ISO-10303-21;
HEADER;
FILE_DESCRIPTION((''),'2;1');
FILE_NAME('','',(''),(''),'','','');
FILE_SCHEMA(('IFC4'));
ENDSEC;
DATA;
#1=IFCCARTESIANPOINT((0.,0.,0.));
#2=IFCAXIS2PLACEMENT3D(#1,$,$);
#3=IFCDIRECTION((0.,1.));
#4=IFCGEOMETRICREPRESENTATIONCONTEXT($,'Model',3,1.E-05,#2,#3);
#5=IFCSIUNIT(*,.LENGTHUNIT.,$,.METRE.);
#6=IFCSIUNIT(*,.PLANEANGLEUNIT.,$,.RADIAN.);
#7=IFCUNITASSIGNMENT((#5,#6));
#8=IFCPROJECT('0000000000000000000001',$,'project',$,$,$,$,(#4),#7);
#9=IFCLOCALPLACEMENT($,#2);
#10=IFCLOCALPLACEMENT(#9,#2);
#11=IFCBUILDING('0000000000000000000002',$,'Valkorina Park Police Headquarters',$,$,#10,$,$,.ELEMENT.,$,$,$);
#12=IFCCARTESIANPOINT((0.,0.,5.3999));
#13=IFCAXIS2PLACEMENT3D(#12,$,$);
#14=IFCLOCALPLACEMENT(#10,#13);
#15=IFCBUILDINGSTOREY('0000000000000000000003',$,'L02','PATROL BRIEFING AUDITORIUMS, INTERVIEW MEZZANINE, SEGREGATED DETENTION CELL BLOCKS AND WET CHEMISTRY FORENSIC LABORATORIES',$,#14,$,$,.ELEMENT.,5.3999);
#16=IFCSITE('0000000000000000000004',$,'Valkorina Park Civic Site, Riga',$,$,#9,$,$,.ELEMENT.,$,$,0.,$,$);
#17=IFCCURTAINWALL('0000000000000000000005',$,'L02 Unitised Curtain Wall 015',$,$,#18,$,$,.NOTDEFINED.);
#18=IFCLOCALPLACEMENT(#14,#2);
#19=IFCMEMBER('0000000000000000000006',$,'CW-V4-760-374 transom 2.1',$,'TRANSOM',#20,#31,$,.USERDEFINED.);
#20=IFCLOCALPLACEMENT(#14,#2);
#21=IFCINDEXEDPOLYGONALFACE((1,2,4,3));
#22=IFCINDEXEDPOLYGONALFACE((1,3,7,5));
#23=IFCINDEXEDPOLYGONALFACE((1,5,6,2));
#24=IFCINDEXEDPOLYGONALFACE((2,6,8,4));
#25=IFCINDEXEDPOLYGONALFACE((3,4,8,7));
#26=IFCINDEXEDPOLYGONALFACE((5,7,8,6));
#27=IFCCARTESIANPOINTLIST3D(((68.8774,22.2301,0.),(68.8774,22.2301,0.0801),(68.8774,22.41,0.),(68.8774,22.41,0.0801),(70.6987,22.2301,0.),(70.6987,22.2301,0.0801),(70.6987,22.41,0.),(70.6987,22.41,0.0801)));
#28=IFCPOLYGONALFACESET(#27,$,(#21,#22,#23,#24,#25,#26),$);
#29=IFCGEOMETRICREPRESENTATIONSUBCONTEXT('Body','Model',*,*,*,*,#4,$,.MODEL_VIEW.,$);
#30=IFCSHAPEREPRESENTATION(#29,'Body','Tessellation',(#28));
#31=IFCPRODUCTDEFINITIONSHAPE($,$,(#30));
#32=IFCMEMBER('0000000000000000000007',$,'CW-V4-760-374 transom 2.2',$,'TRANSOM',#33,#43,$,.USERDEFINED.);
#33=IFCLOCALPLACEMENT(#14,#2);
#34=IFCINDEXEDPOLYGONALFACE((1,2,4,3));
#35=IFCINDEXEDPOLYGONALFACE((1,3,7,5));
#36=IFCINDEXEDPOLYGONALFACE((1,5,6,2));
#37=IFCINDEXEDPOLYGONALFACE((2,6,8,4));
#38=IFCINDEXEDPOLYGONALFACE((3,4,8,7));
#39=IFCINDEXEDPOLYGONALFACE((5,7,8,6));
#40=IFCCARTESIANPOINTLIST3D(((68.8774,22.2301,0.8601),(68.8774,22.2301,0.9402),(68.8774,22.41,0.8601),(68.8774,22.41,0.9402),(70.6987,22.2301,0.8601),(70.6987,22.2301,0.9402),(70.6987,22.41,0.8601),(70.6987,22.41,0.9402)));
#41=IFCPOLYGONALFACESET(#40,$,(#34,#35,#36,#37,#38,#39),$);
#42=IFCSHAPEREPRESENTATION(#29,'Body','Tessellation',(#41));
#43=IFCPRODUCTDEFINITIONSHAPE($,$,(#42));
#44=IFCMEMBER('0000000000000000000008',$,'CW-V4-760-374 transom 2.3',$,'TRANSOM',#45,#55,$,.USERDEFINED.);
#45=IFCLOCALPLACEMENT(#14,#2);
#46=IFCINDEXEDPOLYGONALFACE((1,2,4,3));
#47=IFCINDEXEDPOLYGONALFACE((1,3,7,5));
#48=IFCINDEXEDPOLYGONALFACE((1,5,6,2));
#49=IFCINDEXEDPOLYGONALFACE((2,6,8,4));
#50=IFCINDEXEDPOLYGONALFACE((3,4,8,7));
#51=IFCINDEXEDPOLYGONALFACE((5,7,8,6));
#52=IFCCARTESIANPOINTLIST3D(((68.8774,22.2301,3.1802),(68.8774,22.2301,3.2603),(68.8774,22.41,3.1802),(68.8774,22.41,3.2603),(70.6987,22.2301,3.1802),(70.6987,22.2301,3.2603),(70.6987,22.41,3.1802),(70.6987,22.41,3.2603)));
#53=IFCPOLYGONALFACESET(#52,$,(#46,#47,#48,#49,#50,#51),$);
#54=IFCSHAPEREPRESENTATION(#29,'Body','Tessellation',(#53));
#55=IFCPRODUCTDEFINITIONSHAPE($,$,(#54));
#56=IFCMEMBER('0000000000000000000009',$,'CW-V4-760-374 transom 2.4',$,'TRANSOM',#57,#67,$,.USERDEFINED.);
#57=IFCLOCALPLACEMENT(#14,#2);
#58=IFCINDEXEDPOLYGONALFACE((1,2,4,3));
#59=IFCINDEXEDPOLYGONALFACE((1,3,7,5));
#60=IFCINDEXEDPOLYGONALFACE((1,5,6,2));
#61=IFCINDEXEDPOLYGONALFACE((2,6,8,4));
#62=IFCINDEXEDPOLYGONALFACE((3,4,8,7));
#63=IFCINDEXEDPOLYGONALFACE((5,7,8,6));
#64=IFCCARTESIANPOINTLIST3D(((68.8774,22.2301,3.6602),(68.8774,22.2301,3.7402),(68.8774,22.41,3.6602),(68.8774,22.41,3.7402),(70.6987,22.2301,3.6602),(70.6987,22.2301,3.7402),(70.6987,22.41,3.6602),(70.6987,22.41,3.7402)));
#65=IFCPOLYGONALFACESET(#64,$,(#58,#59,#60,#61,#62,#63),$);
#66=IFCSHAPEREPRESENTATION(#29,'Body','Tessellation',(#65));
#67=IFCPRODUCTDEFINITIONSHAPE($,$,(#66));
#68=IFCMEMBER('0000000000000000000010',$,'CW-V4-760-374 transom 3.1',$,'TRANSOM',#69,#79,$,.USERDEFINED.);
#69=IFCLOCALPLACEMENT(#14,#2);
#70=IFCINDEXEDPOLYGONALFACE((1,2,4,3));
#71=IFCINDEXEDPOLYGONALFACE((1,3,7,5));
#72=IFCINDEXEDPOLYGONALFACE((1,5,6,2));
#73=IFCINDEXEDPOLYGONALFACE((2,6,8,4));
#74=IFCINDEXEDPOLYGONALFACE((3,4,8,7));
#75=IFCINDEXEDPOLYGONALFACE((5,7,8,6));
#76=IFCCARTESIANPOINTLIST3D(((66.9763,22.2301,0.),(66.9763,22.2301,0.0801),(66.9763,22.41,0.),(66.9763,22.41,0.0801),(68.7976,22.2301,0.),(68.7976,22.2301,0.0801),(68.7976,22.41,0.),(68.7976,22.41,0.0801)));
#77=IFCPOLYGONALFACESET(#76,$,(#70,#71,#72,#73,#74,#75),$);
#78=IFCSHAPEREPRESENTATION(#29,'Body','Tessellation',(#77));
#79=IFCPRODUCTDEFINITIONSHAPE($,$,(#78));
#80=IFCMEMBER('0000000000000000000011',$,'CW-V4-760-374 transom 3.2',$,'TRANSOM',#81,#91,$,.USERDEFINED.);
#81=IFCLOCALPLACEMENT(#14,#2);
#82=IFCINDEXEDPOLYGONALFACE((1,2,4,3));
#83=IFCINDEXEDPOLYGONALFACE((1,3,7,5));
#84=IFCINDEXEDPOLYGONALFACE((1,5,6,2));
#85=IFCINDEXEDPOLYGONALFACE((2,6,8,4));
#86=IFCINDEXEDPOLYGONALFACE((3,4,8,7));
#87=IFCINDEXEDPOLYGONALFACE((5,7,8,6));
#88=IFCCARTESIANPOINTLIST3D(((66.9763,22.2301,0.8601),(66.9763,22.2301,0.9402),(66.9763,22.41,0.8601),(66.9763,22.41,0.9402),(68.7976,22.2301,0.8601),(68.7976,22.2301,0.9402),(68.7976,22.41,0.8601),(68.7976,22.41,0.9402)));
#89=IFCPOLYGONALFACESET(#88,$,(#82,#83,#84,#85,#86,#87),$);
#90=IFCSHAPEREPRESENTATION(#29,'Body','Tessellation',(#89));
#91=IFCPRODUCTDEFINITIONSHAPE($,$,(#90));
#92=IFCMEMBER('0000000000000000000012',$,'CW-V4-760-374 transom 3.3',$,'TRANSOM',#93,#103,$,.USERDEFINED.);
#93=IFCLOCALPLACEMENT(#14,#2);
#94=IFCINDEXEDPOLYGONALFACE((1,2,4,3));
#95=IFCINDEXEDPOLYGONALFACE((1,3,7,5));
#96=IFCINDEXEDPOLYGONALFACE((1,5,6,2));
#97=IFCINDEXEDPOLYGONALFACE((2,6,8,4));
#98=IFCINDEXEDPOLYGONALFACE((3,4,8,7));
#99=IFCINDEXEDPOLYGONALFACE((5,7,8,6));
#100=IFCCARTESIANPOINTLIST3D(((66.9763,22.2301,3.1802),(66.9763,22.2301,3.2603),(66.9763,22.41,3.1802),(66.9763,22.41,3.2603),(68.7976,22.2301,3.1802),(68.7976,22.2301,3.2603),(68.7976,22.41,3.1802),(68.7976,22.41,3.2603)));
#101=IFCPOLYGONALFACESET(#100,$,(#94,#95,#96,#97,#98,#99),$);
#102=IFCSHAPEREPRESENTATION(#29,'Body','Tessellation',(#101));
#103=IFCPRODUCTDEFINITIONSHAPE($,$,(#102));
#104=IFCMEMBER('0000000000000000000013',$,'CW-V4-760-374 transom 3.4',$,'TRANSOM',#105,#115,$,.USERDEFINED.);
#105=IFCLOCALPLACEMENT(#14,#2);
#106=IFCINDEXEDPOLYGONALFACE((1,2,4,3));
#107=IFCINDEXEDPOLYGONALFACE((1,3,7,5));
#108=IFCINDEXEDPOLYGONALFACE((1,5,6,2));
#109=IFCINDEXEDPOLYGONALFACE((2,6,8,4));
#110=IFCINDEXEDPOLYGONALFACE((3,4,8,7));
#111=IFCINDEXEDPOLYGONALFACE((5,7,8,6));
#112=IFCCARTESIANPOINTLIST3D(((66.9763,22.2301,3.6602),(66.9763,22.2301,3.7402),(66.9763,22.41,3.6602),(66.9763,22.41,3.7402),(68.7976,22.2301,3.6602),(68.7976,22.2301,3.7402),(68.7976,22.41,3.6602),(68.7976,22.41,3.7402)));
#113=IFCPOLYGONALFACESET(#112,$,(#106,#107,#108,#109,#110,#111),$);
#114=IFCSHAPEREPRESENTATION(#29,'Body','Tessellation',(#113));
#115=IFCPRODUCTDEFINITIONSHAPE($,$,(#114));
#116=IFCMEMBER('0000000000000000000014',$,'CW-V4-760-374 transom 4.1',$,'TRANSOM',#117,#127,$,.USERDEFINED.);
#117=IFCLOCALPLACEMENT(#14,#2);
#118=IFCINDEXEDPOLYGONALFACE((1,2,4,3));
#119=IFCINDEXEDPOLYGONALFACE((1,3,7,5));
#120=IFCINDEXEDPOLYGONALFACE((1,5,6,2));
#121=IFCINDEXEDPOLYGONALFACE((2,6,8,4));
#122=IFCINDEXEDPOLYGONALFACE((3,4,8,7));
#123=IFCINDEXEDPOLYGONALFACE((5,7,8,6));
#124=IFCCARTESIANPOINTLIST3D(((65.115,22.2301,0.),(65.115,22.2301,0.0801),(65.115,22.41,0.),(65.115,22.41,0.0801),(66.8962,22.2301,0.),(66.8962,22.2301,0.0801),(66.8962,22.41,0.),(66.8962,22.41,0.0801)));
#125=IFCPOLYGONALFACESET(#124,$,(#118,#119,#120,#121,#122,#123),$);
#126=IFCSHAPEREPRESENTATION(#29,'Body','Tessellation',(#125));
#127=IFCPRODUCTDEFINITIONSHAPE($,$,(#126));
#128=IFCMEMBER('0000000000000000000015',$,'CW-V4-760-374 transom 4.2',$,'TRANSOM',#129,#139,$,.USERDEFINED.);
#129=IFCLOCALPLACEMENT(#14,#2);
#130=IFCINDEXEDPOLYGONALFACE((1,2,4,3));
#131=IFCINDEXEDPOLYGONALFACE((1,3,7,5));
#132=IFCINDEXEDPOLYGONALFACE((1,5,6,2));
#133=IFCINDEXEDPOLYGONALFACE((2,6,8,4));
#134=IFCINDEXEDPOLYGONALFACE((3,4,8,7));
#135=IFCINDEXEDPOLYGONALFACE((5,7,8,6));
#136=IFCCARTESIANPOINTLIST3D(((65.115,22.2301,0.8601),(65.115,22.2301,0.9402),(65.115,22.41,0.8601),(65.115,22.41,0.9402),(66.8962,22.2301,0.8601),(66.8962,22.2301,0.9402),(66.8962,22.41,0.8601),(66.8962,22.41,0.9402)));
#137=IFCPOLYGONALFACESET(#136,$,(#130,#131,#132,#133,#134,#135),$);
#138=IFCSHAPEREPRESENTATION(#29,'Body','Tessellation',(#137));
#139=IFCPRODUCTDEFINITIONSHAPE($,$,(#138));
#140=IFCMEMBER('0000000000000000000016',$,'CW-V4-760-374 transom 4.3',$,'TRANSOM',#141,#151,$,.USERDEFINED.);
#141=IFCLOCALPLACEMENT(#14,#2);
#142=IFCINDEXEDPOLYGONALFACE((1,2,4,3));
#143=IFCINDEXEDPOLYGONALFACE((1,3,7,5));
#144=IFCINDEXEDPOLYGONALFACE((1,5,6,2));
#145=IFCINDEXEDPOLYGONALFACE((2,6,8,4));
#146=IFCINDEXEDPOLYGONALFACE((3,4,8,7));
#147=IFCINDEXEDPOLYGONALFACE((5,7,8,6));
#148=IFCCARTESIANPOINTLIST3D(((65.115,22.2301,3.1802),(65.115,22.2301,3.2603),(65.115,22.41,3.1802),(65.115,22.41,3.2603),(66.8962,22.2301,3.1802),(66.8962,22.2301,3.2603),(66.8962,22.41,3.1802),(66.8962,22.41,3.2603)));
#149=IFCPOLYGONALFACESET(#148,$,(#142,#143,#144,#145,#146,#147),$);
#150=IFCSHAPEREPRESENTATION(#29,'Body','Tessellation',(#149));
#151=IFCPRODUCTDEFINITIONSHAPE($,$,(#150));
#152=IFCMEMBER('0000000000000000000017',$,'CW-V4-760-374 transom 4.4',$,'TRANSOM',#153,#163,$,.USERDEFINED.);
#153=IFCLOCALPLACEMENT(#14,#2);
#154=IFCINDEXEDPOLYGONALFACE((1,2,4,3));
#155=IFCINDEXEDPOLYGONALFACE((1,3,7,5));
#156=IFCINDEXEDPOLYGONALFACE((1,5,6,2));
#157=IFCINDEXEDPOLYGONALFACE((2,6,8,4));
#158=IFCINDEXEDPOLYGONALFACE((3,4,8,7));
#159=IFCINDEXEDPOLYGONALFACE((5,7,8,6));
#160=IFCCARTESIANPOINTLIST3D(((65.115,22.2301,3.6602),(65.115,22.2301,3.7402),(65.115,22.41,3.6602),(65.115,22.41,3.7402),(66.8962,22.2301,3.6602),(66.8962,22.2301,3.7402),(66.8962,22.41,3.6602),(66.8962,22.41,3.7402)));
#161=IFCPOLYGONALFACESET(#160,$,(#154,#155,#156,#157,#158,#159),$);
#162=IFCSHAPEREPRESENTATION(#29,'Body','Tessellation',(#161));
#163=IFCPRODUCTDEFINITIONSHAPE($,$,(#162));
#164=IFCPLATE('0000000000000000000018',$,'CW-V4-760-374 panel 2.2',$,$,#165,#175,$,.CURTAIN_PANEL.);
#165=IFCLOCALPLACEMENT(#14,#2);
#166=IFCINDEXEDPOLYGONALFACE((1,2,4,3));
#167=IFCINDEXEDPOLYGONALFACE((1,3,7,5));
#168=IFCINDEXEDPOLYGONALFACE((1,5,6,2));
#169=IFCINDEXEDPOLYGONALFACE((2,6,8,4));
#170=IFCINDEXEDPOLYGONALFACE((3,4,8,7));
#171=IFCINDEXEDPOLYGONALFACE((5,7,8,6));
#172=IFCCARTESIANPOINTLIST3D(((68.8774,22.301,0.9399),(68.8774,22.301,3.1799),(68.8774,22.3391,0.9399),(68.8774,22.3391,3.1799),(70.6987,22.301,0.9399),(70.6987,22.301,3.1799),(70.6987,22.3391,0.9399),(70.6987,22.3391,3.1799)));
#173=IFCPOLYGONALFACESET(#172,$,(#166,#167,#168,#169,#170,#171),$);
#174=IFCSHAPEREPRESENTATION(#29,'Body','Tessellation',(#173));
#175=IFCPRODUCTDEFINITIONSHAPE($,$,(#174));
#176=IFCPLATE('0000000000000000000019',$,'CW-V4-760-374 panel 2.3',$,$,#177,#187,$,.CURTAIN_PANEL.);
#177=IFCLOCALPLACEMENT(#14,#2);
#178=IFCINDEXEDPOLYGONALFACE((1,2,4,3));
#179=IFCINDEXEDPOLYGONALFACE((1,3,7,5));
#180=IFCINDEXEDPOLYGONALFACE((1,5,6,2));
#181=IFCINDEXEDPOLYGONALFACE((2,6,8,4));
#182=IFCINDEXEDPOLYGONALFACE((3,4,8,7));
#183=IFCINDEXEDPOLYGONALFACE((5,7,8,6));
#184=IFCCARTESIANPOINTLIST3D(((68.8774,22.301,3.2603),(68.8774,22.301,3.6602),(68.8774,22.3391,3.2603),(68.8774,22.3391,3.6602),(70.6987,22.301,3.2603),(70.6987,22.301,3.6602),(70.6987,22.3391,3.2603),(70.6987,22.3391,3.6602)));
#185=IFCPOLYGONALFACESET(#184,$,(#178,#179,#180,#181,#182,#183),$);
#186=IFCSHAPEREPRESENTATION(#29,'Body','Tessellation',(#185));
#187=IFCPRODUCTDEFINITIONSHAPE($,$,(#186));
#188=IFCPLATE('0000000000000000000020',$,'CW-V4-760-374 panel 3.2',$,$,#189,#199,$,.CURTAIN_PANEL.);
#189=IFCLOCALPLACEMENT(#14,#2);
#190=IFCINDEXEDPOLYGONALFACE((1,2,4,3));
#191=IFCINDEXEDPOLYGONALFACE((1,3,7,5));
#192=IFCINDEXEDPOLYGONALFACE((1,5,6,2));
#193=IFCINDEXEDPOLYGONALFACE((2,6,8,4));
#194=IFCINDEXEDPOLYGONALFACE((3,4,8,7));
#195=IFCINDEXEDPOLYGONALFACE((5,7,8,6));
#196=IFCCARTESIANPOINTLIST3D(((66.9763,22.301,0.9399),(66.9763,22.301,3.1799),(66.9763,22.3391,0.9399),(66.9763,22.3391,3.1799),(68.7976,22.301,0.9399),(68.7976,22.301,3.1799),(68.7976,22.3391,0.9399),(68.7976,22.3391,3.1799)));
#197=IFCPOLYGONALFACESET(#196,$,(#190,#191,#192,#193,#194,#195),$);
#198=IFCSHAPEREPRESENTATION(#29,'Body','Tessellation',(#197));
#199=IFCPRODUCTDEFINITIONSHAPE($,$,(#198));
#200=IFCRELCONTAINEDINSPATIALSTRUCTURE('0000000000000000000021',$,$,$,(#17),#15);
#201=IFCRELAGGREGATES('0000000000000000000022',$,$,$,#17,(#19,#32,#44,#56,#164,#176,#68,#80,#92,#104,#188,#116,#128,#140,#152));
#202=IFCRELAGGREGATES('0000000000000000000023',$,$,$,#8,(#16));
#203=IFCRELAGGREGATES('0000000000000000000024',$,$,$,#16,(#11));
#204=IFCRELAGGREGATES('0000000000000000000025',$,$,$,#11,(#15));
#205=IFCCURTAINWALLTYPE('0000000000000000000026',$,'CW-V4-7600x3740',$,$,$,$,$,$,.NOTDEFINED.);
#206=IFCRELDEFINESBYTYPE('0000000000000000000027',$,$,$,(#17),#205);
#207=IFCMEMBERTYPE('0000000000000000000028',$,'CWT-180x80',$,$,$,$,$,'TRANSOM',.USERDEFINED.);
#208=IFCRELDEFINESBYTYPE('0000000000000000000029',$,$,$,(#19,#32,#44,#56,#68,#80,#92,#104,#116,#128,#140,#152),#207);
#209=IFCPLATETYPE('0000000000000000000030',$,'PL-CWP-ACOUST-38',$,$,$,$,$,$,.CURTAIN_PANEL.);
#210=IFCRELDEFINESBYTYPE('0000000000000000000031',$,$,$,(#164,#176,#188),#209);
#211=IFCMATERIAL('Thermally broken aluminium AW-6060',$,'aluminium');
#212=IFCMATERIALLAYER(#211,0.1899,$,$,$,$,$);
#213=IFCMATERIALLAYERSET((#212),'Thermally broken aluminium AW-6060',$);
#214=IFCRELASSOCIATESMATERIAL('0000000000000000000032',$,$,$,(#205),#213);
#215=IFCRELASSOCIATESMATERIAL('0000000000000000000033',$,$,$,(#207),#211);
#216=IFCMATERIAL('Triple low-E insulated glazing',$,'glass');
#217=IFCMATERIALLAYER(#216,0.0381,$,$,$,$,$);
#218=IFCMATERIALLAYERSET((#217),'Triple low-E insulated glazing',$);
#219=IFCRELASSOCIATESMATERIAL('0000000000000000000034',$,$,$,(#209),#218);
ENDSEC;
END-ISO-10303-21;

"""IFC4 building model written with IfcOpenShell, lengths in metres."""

from ifc_helpers import new_model, si_unit, direction, frame, origin, origin_2d, place, context, subcontext, project, spatial, rectangle, extrude, material, layer, layer_set, material_profile, profile_set, type_object, element, aggregate, save


model = new_model("IFC4")

# Units and contexts
model_context = context("Model", 3, precision=1e-05, world=origin(), true_north=direction((0.0, 1.0)))
body_context = subcontext(model_context, "Body", "Model", "MODEL_VIEW")
ifc_project = project(units=[si_unit("LENGTHUNIT", "METRE"), si_unit("PLANEANGLEUNIT", "RADIAN")], contexts=[model_context])

# Site, building, storey
site_placement = place(None, origin())
site = spatial("IfcSite", under=ifc_project, at=site_placement, Name="Valkorina Park Civic Site, Riga", CompositionType="ELEMENT", RefElevation=0.0)
building_placement = place(site_placement, origin())
building = spatial("IfcBuilding", under=site, at=building_placement, Name="Valkorina Park Police Headquarters", CompositionType="ELEMENT")
storey_placement = place(building_placement, frame((0.0, 0.0, 5.3999)))
storey = spatial("IfcBuildingStorey", under=building, at=storey_placement, Name="L02", Description="PATROL BRIEFING AUDITORIUMS, INTERVIEW MEZZANINE, SEGREGATED DETENTION CELL BLOCKS AND WET CHEMISTRY FORENSIC LABORATORIES", CompositionType="ELEMENT", Elevation=5.3999)

# Curtain wall, members, plates
ifc_material_1 = material(Name="Thermally broken aluminium AW-6060", Category="aluminium")
ifc_layer_1 = layer(ifc_material_1, 0.1899)
ifc_layer_set_1 = layer_set([ifc_layer_1], Name="Thermally broken aluminium AW-6060")
curtain_wall_type = type_object("IfcCurtainWallType", Name="CW-V4-7600x3740", PredefinedType="NOTDEFINED", material=ifc_layer_set_1)
curtain_wall_placement = place(storey_placement, origin())
curtain_wall = element("IfcCurtainWall", 1, at=curtain_wall_placement, inside=storey, type_object=curtain_wall_type, Name="L02 Unitised Curtain Wall 015", PredefinedType="NOTDEFINED")
ifc_material_profile_1 = material_profile(ifc_material_1, rectangle(XDim=0.1799, YDim=0.0801, at=origin_2d()), Name="CWT-03 180x80")
ifc_profile_set_1 = profile_set([ifc_material_profile_1], Name="Thermally broken aluminium AW-6060")
member_type_1 = type_object("IfcMemberType", Name="CWT-180x80", ElementType="TRANSOM", PredefinedType="USERDEFINED", material=ifc_profile_set_1)
member_1_placement = place(storey_placement, frame((70.6987, 22.3201, 0.04), z_axis=(-1.0, 0.0, 0.0), x_axis=(0.0, -1.0, 0.0)))
member_1 = element("IfcMember", 2, at=member_1_placement, type_object=member_type_1, Name="CW-V4-760-374 transom 2.1", ObjectType="TRANSOM", PredefinedType="USERDEFINED", context=body_context, shape_type="SweptSolid", body=[
    extrude(rectangle(XDim=0.1799, YDim=0.0801, at=origin_2d()), origin(), (0.0, 0.0, 1.0), 1.8213),
])
member_2_placement = place(storey_placement, frame((70.6987, 22.3201, 0.9001), z_axis=(-1.0, 0.0, 0.0), x_axis=(0.0, -1.0, 0.0)))
member_2 = element("IfcMember", 3, at=member_2_placement, type_object=member_type_1, Name="CW-V4-760-374 transom 2.2", ObjectType="TRANSOM", PredefinedType="USERDEFINED", context=body_context, shape_type="SweptSolid", body=[
    extrude(rectangle(XDim=0.1799, YDim=0.0801, at=origin_2d()), origin(), (0.0, 0.0, 1.0), 1.8213),
])
member_3_placement = place(storey_placement, frame((70.6987, 22.3201, 3.2202), z_axis=(-1.0, 0.0, 0.0), x_axis=(0.0, -1.0, 0.0)))
member_3 = element("IfcMember", 4, at=member_3_placement, type_object=member_type_1, Name="CW-V4-760-374 transom 2.3", ObjectType="TRANSOM", PredefinedType="USERDEFINED", context=body_context, shape_type="SweptSolid", body=[
    extrude(rectangle(XDim=0.1799, YDim=0.0801, at=origin_2d()), origin(), (0.0, 0.0, 1.0), 1.8213),
])
member_4_placement = place(storey_placement, frame((70.6987, 22.3201, 3.7002), z_axis=(-1.0, 0.0, 0.0), x_axis=(0.0, -1.0, 0.0)))
member_4 = element("IfcMember", 5, at=member_4_placement, type_object=member_type_1, Name="CW-V4-760-374 transom 2.4", ObjectType="TRANSOM", PredefinedType="USERDEFINED", context=body_context, shape_type="SweptSolid", body=[
    extrude(rectangle(XDim=0.1799, YDim=0.0801, at=origin_2d()), origin(), (0.0, 0.0, 1.0), 1.8213),
])
member_5_placement = place(storey_placement, frame((68.7976, 22.3201, 0.04), z_axis=(-1.0, 0.0, 0.0), x_axis=(0.0, -1.0, 0.0)))
member_5 = element("IfcMember", 6, at=member_5_placement, type_object=member_type_1, Name="CW-V4-760-374 transom 3.1", ObjectType="TRANSOM", PredefinedType="USERDEFINED", context=body_context, shape_type="SweptSolid", body=[
    extrude(rectangle(XDim=0.1799, YDim=0.0801, at=origin_2d()), origin(), (0.0, 0.0, 1.0), 1.8213),
])
member_6_placement = place(storey_placement, frame((68.7976, 22.3201, 0.9001), z_axis=(-1.0, 0.0, 0.0), x_axis=(0.0, -1.0, 0.0)))
member_6 = element("IfcMember", 7, at=member_6_placement, type_object=member_type_1, Name="CW-V4-760-374 transom 3.2", ObjectType="TRANSOM", PredefinedType="USERDEFINED", context=body_context, shape_type="SweptSolid", body=[
    extrude(rectangle(XDim=0.1799, YDim=0.0801, at=origin_2d()), origin(), (0.0, 0.0, 1.0), 1.8213),
])
member_7_placement = place(storey_placement, frame((68.7976, 22.3201, 3.2202), z_axis=(-1.0, 0.0, 0.0), x_axis=(0.0, -1.0, 0.0)))
member_7 = element("IfcMember", 8, at=member_7_placement, type_object=member_type_1, Name="CW-V4-760-374 transom 3.3", ObjectType="TRANSOM", PredefinedType="USERDEFINED", context=body_context, shape_type="SweptSolid", body=[
    extrude(rectangle(XDim=0.1799, YDim=0.0801, at=origin_2d()), origin(), (0.0, 0.0, 1.0), 1.8213),
])
member_8_placement = place(storey_placement, frame((68.7976, 22.3201, 3.7002), z_axis=(-1.0, 0.0, 0.0), x_axis=(0.0, -1.0, 0.0)))
member_8 = element("IfcMember", 9, at=member_8_placement, type_object=member_type_1, Name="CW-V4-760-374 transom 3.4", ObjectType="TRANSOM", PredefinedType="USERDEFINED", context=body_context, shape_type="SweptSolid", body=[
    extrude(rectangle(XDim=0.1799, YDim=0.0801, at=origin_2d()), origin(), (0.0, 0.0, 1.0), 1.8213),
])
member_9_placement = place(storey_placement, frame((66.8962, 22.3201, 0.04), z_axis=(-1.0, 0.0, 0.0), x_axis=(0.0, -1.0, 0.0)))
member_9 = element("IfcMember", 10, at=member_9_placement, type_object=member_type_1, Name="CW-V4-760-374 transom 4.1", ObjectType="TRANSOM", PredefinedType="USERDEFINED", context=body_context, shape_type="SweptSolid", body=[
    extrude(rectangle(XDim=0.1799, YDim=0.0801, at=origin_2d()), origin(), (0.0, 0.0, 1.0), 1.7812),
])
member_10_placement = place(storey_placement, frame((66.8962, 22.3201, 0.9001), z_axis=(-1.0, 0.0, 0.0), x_axis=(0.0, -1.0, 0.0)))
member_10 = element("IfcMember", 11, at=member_10_placement, type_object=member_type_1, Name="CW-V4-760-374 transom 4.2", ObjectType="TRANSOM", PredefinedType="USERDEFINED", context=body_context, shape_type="SweptSolid", body=[
    extrude(rectangle(XDim=0.1799, YDim=0.0801, at=origin_2d()), origin(), (0.0, 0.0, 1.0), 1.7812),
])
member_11_placement = place(storey_placement, frame((66.8962, 22.3201, 3.2202), z_axis=(-1.0, 0.0, 0.0), x_axis=(0.0, -1.0, 0.0)))
member_11 = element("IfcMember", 12, at=member_11_placement, type_object=member_type_1, Name="CW-V4-760-374 transom 4.3", ObjectType="TRANSOM", PredefinedType="USERDEFINED", context=body_context, shape_type="SweptSolid", body=[
    extrude(rectangle(XDim=0.1799, YDim=0.0801, at=origin_2d()), origin(), (0.0, 0.0, 1.0), 1.7812),
])
member_12_placement = place(storey_placement, frame((66.8962, 22.3201, 3.7002), z_axis=(-1.0, 0.0, 0.0), x_axis=(0.0, -1.0, 0.0)))
member_12 = element("IfcMember", 13, at=member_12_placement, type_object=member_type_1, Name="CW-V4-760-374 transom 4.4", ObjectType="TRANSOM", PredefinedType="USERDEFINED", context=body_context, shape_type="SweptSolid", body=[
    extrude(rectangle(XDim=0.1799, YDim=0.0801, at=origin_2d()), origin(), (0.0, 0.0, 1.0), 1.7812),
])
ifc_material_2 = material(Name="Triple low-E insulated glazing", Category="glass")
ifc_layer_2 = layer(ifc_material_2, 0.0381)
ifc_layer_set_2 = layer_set([ifc_layer_2], Name="Triple low-E insulated glazing")
plate_type_1 = type_object("IfcPlateType", Name="PL-CWP-ACOUST-38", PredefinedType="CURTAIN_PANEL", material=ifc_layer_set_2)
plate_1_placement = place(storey_placement, frame((69.7881, 22.3201, 0.9399), z_axis=(0.0, 0.0, 1.0), x_axis=(-1.0, 0.0, 0.0)))
plate_1 = element("IfcPlate", 14, at=plate_1_placement, type_object=plate_type_1, Name="CW-V4-760-374 panel 2.2", PredefinedType="CURTAIN_PANEL", context=body_context, shape_type="SweptSolid", body=[
    extrude(rectangle(XDim=1.8213, YDim=0.0381, at=origin_2d()), origin(), (0.0, 0.0, 1.0), 2.24),
])
plate_2_placement = place(storey_placement, frame((69.7881, 22.3201, 3.2603), z_axis=(0.0, 0.0, 1.0), x_axis=(-1.0, 0.0, 0.0)))
plate_2 = element("IfcPlate", 15, at=plate_2_placement, type_object=plate_type_1, Name="CW-V4-760-374 panel 2.3", PredefinedType="CURTAIN_PANEL", context=body_context, shape_type="SweptSolid", body=[
    extrude(rectangle(XDim=1.8213, YDim=0.0381, at=origin_2d()), origin(), (0.0, 0.0, 1.0), 0.3999),
])
plate_3_placement = place(storey_placement, frame((67.887, 22.3201, 0.9399), z_axis=(0.0, 0.0, 1.0), x_axis=(-1.0, 0.0, 0.0)))
plate_3 = element("IfcPlate", 16, at=plate_3_placement, type_object=plate_type_1, Name="CW-V4-760-374 panel 3.2", PredefinedType="CURTAIN_PANEL", context=body_context, shape_type="SweptSolid", body=[
    extrude(rectangle(XDim=1.8213, YDim=0.0381, at=origin_2d()), origin(), (0.0, 0.0, 1.0), 2.24),
])
aggregate(curtain_wall, [member_1, member_2, member_3, member_4, plate_1, plate_2, member_5, member_6, member_7, member_8, plate_3, member_9, member_10, member_11, member_12])

save(model, "model.ifc")
